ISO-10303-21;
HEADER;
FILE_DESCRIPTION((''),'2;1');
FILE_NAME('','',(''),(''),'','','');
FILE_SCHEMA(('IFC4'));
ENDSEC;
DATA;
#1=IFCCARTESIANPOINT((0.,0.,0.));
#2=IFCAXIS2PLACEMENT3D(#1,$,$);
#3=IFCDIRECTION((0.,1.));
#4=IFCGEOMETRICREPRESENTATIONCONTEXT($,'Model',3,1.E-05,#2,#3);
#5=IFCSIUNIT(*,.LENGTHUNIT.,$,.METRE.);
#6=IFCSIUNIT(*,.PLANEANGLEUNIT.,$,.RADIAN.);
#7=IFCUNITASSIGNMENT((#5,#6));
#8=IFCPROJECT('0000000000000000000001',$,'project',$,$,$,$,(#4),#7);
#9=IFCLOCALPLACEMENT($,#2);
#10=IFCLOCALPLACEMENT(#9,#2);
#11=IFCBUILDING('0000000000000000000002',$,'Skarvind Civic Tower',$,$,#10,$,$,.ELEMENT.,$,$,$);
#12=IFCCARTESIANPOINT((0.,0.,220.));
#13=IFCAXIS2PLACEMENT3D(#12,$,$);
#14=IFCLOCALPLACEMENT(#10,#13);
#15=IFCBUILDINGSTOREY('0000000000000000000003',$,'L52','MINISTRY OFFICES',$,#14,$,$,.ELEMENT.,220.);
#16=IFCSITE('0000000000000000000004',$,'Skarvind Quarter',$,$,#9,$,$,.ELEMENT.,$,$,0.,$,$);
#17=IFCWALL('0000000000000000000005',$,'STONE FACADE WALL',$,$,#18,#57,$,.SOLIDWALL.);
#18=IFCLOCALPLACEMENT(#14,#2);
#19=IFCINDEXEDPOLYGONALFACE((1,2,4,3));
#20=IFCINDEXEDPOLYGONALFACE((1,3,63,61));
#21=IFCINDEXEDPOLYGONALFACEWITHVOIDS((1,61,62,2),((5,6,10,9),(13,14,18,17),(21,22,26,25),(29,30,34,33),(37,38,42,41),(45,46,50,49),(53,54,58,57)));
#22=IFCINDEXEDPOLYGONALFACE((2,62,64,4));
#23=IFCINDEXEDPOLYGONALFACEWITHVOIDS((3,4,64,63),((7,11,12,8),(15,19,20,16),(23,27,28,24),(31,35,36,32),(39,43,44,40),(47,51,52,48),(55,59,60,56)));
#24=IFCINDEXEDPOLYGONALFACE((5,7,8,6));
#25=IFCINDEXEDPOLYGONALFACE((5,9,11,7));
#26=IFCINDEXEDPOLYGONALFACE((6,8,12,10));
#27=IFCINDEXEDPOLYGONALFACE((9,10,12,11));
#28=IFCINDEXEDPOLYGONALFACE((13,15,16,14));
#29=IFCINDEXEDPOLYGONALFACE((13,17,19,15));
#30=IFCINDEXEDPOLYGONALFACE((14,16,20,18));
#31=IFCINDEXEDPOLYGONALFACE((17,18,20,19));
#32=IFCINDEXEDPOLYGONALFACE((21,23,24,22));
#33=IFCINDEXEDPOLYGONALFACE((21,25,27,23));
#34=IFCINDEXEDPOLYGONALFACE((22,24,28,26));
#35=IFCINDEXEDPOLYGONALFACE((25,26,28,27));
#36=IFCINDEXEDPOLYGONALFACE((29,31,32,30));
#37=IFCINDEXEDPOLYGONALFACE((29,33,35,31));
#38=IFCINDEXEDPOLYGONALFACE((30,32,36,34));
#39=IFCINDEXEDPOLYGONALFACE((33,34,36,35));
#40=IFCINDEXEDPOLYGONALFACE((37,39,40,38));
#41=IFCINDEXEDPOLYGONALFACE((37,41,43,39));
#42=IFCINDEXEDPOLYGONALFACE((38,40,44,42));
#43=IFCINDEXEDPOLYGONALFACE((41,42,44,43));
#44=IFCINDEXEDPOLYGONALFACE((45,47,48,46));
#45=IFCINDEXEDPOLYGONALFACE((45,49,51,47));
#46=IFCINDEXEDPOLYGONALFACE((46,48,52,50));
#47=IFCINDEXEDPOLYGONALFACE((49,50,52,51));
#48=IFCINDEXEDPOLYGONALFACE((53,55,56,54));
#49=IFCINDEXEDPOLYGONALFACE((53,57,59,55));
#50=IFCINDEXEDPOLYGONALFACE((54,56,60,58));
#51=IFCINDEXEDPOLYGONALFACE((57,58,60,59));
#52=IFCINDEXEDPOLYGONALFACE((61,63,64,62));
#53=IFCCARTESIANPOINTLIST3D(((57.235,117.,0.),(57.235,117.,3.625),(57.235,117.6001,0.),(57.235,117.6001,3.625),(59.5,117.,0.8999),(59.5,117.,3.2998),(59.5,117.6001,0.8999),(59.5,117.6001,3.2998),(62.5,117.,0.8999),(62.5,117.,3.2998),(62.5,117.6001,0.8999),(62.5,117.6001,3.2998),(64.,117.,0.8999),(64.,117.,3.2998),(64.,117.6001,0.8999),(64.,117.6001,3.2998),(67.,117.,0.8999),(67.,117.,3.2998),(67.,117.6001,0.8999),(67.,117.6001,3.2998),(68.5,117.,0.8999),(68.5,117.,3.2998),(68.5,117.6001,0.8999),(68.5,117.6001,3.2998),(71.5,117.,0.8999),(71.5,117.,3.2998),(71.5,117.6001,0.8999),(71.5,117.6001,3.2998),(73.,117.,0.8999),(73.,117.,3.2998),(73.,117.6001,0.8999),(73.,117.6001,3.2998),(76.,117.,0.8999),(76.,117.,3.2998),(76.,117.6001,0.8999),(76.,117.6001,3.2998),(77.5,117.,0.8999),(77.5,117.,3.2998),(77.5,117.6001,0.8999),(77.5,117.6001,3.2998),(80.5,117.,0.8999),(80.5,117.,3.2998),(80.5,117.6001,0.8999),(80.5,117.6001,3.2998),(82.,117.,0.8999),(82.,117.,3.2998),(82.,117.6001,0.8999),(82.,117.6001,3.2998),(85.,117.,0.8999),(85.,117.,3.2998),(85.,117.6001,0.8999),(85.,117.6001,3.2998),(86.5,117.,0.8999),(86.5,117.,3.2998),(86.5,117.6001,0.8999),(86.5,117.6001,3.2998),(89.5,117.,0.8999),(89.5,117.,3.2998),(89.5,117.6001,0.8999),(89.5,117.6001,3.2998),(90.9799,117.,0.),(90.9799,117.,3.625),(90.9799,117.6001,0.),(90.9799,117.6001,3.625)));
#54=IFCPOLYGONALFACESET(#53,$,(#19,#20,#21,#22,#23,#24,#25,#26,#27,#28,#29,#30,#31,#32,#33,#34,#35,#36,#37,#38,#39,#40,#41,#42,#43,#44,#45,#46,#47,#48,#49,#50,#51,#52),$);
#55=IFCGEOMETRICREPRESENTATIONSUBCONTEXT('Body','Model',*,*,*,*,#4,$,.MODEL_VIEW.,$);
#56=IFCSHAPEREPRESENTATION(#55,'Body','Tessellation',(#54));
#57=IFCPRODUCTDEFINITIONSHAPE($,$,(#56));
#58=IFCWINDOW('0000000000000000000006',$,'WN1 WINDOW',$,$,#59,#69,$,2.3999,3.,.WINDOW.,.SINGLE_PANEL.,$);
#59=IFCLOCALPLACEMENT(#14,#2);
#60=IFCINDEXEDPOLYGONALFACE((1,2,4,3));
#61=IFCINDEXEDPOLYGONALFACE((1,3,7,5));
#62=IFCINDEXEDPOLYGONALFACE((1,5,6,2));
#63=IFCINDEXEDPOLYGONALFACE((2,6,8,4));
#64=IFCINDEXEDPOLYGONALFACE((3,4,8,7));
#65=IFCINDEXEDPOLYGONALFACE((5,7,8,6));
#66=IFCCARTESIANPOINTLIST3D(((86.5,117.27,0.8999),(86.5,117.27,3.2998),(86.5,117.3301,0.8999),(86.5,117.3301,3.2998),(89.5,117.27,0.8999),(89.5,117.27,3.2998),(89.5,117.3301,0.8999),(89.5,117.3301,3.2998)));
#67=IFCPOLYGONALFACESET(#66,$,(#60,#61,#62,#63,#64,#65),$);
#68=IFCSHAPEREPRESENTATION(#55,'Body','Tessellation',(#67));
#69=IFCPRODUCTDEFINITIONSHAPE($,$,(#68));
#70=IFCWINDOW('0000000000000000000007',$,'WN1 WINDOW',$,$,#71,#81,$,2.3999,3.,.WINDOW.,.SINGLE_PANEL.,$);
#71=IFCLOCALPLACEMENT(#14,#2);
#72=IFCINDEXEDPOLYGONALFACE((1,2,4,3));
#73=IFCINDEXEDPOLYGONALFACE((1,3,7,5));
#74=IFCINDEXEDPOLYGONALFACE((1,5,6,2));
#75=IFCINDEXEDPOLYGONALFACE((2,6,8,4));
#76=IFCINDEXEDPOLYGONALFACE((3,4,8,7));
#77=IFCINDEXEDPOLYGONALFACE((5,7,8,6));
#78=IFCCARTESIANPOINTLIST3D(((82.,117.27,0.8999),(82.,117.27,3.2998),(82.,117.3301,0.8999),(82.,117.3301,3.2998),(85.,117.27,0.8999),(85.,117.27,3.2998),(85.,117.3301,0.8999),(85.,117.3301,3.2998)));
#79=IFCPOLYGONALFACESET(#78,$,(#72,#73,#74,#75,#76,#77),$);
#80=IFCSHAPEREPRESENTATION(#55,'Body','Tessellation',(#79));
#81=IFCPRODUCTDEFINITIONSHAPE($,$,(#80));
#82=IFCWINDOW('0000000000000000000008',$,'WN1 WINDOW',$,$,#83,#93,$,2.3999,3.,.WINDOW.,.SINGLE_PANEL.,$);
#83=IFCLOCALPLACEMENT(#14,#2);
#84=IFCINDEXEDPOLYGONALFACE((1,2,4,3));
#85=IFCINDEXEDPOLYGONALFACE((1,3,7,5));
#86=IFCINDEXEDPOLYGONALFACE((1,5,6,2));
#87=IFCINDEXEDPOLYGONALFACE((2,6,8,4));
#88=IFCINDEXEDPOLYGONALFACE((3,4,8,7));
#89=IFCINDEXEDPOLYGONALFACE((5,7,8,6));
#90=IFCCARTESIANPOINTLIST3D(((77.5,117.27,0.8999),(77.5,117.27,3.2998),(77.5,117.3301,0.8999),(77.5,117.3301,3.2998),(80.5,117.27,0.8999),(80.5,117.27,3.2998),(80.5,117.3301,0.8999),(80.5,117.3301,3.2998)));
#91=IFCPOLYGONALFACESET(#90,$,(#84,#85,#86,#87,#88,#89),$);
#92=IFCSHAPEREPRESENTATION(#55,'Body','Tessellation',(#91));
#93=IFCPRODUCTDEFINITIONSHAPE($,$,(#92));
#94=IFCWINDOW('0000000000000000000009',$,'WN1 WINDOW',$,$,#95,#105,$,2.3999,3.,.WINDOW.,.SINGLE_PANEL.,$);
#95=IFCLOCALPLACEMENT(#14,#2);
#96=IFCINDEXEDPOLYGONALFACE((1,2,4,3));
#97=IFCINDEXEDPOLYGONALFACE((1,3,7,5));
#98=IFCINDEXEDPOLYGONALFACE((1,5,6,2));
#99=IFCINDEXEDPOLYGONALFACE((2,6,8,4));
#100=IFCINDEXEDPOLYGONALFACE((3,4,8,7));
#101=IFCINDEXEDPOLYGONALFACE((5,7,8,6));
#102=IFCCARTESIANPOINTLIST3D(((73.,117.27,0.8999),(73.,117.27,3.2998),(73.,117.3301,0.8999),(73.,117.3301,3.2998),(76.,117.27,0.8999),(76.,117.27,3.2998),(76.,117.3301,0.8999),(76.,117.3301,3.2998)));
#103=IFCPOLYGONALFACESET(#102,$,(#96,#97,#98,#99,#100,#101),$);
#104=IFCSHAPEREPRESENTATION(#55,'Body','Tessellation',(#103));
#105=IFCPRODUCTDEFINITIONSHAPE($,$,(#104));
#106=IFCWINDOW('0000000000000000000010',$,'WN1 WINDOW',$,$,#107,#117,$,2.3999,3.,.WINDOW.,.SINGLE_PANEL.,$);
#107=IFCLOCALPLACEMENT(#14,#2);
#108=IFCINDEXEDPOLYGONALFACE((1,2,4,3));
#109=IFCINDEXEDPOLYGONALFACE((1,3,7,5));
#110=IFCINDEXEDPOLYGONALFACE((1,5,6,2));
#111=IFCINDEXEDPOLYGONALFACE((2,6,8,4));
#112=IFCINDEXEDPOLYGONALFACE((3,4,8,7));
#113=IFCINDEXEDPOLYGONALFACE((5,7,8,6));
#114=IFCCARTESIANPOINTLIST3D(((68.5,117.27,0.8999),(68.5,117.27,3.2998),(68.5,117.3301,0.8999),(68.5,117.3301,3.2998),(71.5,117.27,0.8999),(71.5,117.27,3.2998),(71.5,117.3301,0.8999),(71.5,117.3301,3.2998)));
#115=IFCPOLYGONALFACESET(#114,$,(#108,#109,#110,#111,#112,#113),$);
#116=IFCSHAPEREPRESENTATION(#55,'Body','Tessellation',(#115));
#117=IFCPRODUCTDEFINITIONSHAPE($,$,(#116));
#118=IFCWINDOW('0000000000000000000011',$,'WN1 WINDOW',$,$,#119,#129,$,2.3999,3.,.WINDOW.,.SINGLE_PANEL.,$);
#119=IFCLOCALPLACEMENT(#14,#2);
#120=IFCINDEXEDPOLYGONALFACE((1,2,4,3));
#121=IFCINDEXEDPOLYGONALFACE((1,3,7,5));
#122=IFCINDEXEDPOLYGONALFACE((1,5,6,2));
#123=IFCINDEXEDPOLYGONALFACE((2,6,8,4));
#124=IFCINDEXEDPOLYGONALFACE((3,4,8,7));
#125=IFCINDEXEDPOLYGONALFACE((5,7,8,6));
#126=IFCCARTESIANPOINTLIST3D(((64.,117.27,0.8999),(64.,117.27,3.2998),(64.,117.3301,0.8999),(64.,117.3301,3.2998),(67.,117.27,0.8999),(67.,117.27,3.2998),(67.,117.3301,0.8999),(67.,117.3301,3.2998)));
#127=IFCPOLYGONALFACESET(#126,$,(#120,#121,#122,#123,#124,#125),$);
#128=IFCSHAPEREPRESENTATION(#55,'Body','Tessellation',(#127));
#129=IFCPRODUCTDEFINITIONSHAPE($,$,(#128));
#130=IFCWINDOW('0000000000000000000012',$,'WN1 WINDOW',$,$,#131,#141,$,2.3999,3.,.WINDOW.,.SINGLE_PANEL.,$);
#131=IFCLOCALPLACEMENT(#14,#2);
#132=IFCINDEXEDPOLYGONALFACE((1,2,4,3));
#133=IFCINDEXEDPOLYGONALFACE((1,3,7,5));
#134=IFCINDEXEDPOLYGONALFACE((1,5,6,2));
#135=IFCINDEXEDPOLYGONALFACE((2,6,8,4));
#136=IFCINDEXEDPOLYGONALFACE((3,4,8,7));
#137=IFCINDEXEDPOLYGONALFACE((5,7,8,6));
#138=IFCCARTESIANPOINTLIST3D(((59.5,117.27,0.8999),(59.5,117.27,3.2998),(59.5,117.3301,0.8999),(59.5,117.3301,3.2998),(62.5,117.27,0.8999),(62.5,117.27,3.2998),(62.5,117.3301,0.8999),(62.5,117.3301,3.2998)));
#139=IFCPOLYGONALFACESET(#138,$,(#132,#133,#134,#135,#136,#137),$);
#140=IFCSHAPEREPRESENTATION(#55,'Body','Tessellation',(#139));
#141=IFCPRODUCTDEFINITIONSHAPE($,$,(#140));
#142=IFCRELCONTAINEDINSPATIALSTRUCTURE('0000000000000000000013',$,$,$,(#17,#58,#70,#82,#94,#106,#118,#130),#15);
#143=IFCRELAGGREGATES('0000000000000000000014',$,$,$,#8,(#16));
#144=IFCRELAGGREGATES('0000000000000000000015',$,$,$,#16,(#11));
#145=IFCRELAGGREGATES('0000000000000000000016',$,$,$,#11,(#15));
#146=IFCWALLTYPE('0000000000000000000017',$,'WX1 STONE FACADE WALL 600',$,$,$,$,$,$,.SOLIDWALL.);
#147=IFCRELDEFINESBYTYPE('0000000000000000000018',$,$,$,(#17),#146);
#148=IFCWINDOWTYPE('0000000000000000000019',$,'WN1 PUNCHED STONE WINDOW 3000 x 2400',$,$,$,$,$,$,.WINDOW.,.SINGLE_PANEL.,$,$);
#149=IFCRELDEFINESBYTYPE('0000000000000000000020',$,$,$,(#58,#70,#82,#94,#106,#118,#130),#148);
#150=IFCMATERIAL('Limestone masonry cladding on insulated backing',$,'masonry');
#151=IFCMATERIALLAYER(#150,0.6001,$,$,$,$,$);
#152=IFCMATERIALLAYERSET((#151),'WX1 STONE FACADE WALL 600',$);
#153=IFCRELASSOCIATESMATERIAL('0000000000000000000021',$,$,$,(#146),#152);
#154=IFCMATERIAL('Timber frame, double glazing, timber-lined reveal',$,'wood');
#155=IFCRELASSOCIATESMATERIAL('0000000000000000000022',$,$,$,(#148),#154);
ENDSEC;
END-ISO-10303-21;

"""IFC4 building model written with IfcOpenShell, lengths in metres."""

from ifc_helpers import new_model, si_unit, direction, frame, frame_2d, origin, place, context, subcontext, project, spatial, rectangle, extrude, material, layer, layer_set, type_object, element, fill, save


model = new_model("IFC4")

# Units and contexts
model_context = context("Model", 3, precision=1e-05, world=origin(), true_north=direction((0.0, 1.0)))
body_context = subcontext(model_context, "Body", "Model", "MODEL_VIEW")
ifc_project = project(units=[si_unit("LENGTHUNIT", "METRE"), si_unit("PLANEANGLEUNIT", "RADIAN")], contexts=[model_context])

# Site, building, storey
site_placement = place(None, origin())
site = spatial("IfcSite", under=ifc_project, at=site_placement, Name="Skarvind Quarter", CompositionType="ELEMENT", RefElevation=0.0)
building_placement = place(site_placement, origin())
building = spatial("IfcBuilding", under=site, at=building_placement, Name="Skarvind Civic Tower", CompositionType="ELEMENT")
storey_placement = place(building_placement, frame((0.0, 0.0, 220.0)))
storey = spatial("IfcBuildingStorey", under=building, at=storey_placement, Name="L52", Description="MINISTRY OFFICES", CompositionType="ELEMENT", Elevation=220.0)

# Wall, openings, windows
ifc_material_1 = material(Name="Limestone masonry cladding on insulated backing", Category="masonry")
ifc_layer_1 = layer(ifc_material_1, 0.6001)
ifc_layer_set_1 = layer_set([ifc_layer_1], Name="WX1 STONE FACADE WALL 600")
wall_type_1 = type_object("IfcWallType", Name="WX1 STONE FACADE WALL 600", PredefinedType="SOLIDWALL", material=ifc_layer_set_1)
wall_1_placement = place(storey_placement, frame((90.98, 117.3, 0.0), z_axis=(0.0, 0.0, 1.0), x_axis=(-1.0, 0.0, 0.0)))
wall_1 = element("IfcWall", 1, at=wall_1_placement, inside=storey, type_object=wall_type_1, Name="STONE FACADE WALL", PredefinedType="SOLIDWALL", context=body_context, shape_type="SweptSolid", body=[
    extrude(rectangle(XDim=33.7449, YDim=0.6001, at=frame_2d((16.8726, 0.0))), origin(), (0.0, 0.0, 1.0), 3.625),
])
opening_1_placement = place(wall_1_placement, frame((1.48, 0.0, 0.8999)))
opening_1 = element("IfcOpeningElement", 2, at=opening_1_placement, cuts=wall_1, PredefinedType="OPENING", context=body_context, shape_type="SweptSolid", body=[
    extrude(rectangle(XDim=3.0, YDim=2.3999, at=frame_2d((1.5, 1.2))), frame((0.0, 0.3101, 0.0), z_axis=(0.0, -1.0, 0.0), x_axis=(1.0, 0.0, 0.0)), (0.0, 0.0, 1.0), 0.6201),
])
opening_2_placement = place(wall_1_placement, frame((5.98, 0.0, 0.8999)))
opening_2 = element("IfcOpeningElement", 3, at=opening_2_placement, cuts=wall_1, PredefinedType="OPENING", context=body_context, shape_type="SweptSolid", body=[
    extrude(rectangle(XDim=3.0, YDim=2.3999, at=frame_2d((1.5, 1.2))), frame((0.0, 0.3101, 0.0), z_axis=(0.0, -1.0, 0.0), x_axis=(1.0, 0.0, 0.0)), (0.0, 0.0, 1.0), 0.6201),
])
opening_3_placement = place(wall_1_placement, frame((10.48, 0.0, 0.8999)))
opening_3 = element("IfcOpeningElement", 4, at=opening_3_placement, cuts=wall_1, PredefinedType="OPENING", context=body_context, shape_type="SweptSolid", body=[
    extrude(rectangle(XDim=3.0, YDim=2.3999, at=frame_2d((1.5, 1.2))), frame((0.0, 0.3101, 0.0), z_axis=(0.0, -1.0, 0.0), x_axis=(1.0, 0.0, 0.0)), (0.0, 0.0, 1.0), 0.6201),
])
opening_4_placement = place(wall_1_placement, frame((14.98, 0.0, 0.8999)))
opening_4 = element("IfcOpeningElement", 5, at=opening_4_placement, cuts=wall_1, PredefinedType="OPENING", context=body_context, shape_type="SweptSolid", body=[
    extrude(rectangle(XDim=3.0, YDim=2.3999, at=frame_2d((1.5, 1.2))), frame((0.0, 0.3101, 0.0), z_axis=(0.0, -1.0, 0.0), x_axis=(1.0, 0.0, 0.0)), (0.0, 0.0, 1.0), 0.6201),
])
opening_5_placement = place(wall_1_placement, frame((19.48, 0.0, 0.8999)))
opening_5 = element("IfcOpeningElement", 6, at=opening_5_placement, cuts=wall_1, PredefinedType="OPENING", context=body_context, shape_type="SweptSolid", body=[
    extrude(rectangle(XDim=3.0, YDim=2.3999, at=frame_2d((1.5, 1.2))), frame((0.0, 0.3101, 0.0), z_axis=(0.0, -1.0, 0.0), x_axis=(1.0, 0.0, 0.0)), (0.0, 0.0, 1.0), 0.6201),
])
opening_6_placement = place(wall_1_placement, frame((23.98, 0.0, 0.8999)))
opening_6 = element("IfcOpeningElement", 7, at=opening_6_placement, cuts=wall_1, PredefinedType="OPENING", context=body_context, shape_type="SweptSolid", body=[
    extrude(rectangle(XDim=3.0, YDim=2.3999, at=frame_2d((1.5, 1.2))), frame((0.0, 0.3101, 0.0), z_axis=(0.0, -1.0, 0.0), x_axis=(1.0, 0.0, 0.0)), (0.0, 0.0, 1.0), 0.6201),
])
opening_7_placement = place(wall_1_placement, frame((28.48, 0.0, 0.8999)))
opening_7 = element("IfcOpeningElement", 8, at=opening_7_placement, cuts=wall_1, PredefinedType="OPENING", context=body_context, shape_type="SweptSolid", body=[
    extrude(rectangle(XDim=3.0, YDim=2.3999, at=frame_2d((1.5, 1.2))), frame((0.0, 0.3101, 0.0), z_axis=(0.0, -1.0, 0.0), x_axis=(1.0, 0.0, 0.0)), (0.0, 0.0, 1.0), 0.6201),
])
ifc_material_2 = material(Name="Timber frame, double glazing, timber-lined reveal", Category="wood")
window_type = type_object("IfcWindowType", Name="WN1 PUNCHED STONE WINDOW 3000 x 2400", PartitioningType="SINGLE_PANEL", PredefinedType="WINDOW", material=ifc_material_2)
window_1_placement = place(opening_1_placement, origin())
window_1 = element("IfcWindow", 9, at=window_1_placement, inside=storey, type_object=window_type, Name="WN1 WINDOW", OverallHeight=2.3999, OverallWidth=3.0, PartitioningType="SINGLE_PANEL", PredefinedType="WINDOW", context=body_context, shape_type="SweptSolid", body=[
    extrude(rectangle(XDim=3.0, YDim=2.3999, at=frame_2d((1.5, 1.2))), frame((0.0, 0.03, 0.0), z_axis=(0.0, -1.0, 0.0), x_axis=(1.0, 0.0, 0.0)), (0.0, 0.0, 1.0), 0.0601),
])
fill(opening_1, window_1)
window_2_placement = place(opening_2_placement, origin())
window_2 = element("IfcWindow", 10, at=window_2_placement, inside=storey, type_object=window_type, Name="WN1 WINDOW", OverallHeight=2.3999, OverallWidth=3.0, PartitioningType="SINGLE_PANEL", PredefinedType="WINDOW", context=body_context, shape_type="SweptSolid", body=[
    extrude(rectangle(XDim=3.0, YDim=2.3999, at=frame_2d((1.5, 1.2))), frame((0.0, 0.03, 0.0), z_axis=(0.0, -1.0, 0.0), x_axis=(1.0, 0.0, 0.0)), (0.0, 0.0, 1.0), 0.0601),
])
fill(opening_2, window_2)
window_3_placement = place(opening_3_placement, origin())
window_3 = element("IfcWindow", 11, at=window_3_placement, inside=storey, type_object=window_type, Name="WN1 WINDOW", OverallHeight=2.3999, OverallWidth=3.0, PartitioningType="SINGLE_PANEL", PredefinedType="WINDOW", context=body_context, shape_type="SweptSolid", body=[
    extrude(rectangle(XDim=3.0, YDim=2.3999, at=frame_2d((1.5, 1.2))), frame((0.0, 0.03, 0.0), z_axis=(0.0, -1.0, 0.0), x_axis=(1.0, 0.0, 0.0)), (0.0, 0.0, 1.0), 0.0601),
])
fill(opening_3, window_3)
window_4_placement = place(opening_4_placement, origin())
window_4 = element("IfcWindow", 12, at=window_4_placement, inside=storey, type_object=window_type, Name="WN1 WINDOW", OverallHeight=2.3999, OverallWidth=3.0, PartitioningType="SINGLE_PANEL", PredefinedType="WINDOW", context=body_context, shape_type="SweptSolid", body=[
    extrude(rectangle(XDim=3.0, YDim=2.3999, at=frame_2d((1.5, 1.2))), frame((0.0, 0.03, 0.0), z_axis=(0.0, -1.0, 0.0), x_axis=(1.0, 0.0, 0.0)), (0.0, 0.0, 1.0), 0.0601),
])
fill(opening_4, window_4)
window_5_placement = place(opening_5_placement, origin())
window_5 = element("IfcWindow", 13, at=window_5_placement, inside=storey, type_object=window_type, Name="WN1 WINDOW", OverallHeight=2.3999, OverallWidth=3.0, PartitioningType="SINGLE_PANEL", PredefinedType="WINDOW", context=body_context, shape_type="SweptSolid", body=[
    extrude(rectangle(XDim=3.0, YDim=2.3999, at=frame_2d((1.5, 1.2))), frame((0.0, 0.03, 0.0), z_axis=(0.0, -1.0, 0.0), x_axis=(1.0, 0.0, 0.0)), (0.0, 0.0, 1.0), 0.0601),
])
fill(opening_5, window_5)
window_6_placement = place(opening_6_placement, origin())
window_6 = element("IfcWindow", 14, at=window_6_placement, inside=storey, type_object=window_type, Name="WN1 WINDOW", OverallHeight=2.3999, OverallWidth=3.0, PartitioningType="SINGLE_PANEL", PredefinedType="WINDOW", context=body_context, shape_type="SweptSolid", body=[
    extrude(rectangle(XDim=3.0, YDim=2.3999, at=frame_2d((1.5, 1.2))), frame((0.0, 0.03, 0.0), z_axis=(0.0, -1.0, 0.0), x_axis=(1.0, 0.0, 0.0)), (0.0, 0.0, 1.0), 0.0601),
])
fill(opening_6, window_6)
window_7_placement = place(opening_7_placement, origin())
window_7 = element("IfcWindow", 15, at=window_7_placement, inside=storey, type_object=window_type, Name="WN1 WINDOW", OverallHeight=2.3999, OverallWidth=3.0, PartitioningType="SINGLE_PANEL", PredefinedType="WINDOW", context=body_context, shape_type="SweptSolid", body=[
    extrude(rectangle(XDim=3.0, YDim=2.3999, at=frame_2d((1.5, 1.2))), frame((0.0, 0.03, 0.0), z_axis=(0.0, -1.0, 0.0), x_axis=(1.0, 0.0, 0.0)), (0.0, 0.0, 1.0), 0.0601),
])
fill(opening_7, window_7)

save(model, "model.ifc")
